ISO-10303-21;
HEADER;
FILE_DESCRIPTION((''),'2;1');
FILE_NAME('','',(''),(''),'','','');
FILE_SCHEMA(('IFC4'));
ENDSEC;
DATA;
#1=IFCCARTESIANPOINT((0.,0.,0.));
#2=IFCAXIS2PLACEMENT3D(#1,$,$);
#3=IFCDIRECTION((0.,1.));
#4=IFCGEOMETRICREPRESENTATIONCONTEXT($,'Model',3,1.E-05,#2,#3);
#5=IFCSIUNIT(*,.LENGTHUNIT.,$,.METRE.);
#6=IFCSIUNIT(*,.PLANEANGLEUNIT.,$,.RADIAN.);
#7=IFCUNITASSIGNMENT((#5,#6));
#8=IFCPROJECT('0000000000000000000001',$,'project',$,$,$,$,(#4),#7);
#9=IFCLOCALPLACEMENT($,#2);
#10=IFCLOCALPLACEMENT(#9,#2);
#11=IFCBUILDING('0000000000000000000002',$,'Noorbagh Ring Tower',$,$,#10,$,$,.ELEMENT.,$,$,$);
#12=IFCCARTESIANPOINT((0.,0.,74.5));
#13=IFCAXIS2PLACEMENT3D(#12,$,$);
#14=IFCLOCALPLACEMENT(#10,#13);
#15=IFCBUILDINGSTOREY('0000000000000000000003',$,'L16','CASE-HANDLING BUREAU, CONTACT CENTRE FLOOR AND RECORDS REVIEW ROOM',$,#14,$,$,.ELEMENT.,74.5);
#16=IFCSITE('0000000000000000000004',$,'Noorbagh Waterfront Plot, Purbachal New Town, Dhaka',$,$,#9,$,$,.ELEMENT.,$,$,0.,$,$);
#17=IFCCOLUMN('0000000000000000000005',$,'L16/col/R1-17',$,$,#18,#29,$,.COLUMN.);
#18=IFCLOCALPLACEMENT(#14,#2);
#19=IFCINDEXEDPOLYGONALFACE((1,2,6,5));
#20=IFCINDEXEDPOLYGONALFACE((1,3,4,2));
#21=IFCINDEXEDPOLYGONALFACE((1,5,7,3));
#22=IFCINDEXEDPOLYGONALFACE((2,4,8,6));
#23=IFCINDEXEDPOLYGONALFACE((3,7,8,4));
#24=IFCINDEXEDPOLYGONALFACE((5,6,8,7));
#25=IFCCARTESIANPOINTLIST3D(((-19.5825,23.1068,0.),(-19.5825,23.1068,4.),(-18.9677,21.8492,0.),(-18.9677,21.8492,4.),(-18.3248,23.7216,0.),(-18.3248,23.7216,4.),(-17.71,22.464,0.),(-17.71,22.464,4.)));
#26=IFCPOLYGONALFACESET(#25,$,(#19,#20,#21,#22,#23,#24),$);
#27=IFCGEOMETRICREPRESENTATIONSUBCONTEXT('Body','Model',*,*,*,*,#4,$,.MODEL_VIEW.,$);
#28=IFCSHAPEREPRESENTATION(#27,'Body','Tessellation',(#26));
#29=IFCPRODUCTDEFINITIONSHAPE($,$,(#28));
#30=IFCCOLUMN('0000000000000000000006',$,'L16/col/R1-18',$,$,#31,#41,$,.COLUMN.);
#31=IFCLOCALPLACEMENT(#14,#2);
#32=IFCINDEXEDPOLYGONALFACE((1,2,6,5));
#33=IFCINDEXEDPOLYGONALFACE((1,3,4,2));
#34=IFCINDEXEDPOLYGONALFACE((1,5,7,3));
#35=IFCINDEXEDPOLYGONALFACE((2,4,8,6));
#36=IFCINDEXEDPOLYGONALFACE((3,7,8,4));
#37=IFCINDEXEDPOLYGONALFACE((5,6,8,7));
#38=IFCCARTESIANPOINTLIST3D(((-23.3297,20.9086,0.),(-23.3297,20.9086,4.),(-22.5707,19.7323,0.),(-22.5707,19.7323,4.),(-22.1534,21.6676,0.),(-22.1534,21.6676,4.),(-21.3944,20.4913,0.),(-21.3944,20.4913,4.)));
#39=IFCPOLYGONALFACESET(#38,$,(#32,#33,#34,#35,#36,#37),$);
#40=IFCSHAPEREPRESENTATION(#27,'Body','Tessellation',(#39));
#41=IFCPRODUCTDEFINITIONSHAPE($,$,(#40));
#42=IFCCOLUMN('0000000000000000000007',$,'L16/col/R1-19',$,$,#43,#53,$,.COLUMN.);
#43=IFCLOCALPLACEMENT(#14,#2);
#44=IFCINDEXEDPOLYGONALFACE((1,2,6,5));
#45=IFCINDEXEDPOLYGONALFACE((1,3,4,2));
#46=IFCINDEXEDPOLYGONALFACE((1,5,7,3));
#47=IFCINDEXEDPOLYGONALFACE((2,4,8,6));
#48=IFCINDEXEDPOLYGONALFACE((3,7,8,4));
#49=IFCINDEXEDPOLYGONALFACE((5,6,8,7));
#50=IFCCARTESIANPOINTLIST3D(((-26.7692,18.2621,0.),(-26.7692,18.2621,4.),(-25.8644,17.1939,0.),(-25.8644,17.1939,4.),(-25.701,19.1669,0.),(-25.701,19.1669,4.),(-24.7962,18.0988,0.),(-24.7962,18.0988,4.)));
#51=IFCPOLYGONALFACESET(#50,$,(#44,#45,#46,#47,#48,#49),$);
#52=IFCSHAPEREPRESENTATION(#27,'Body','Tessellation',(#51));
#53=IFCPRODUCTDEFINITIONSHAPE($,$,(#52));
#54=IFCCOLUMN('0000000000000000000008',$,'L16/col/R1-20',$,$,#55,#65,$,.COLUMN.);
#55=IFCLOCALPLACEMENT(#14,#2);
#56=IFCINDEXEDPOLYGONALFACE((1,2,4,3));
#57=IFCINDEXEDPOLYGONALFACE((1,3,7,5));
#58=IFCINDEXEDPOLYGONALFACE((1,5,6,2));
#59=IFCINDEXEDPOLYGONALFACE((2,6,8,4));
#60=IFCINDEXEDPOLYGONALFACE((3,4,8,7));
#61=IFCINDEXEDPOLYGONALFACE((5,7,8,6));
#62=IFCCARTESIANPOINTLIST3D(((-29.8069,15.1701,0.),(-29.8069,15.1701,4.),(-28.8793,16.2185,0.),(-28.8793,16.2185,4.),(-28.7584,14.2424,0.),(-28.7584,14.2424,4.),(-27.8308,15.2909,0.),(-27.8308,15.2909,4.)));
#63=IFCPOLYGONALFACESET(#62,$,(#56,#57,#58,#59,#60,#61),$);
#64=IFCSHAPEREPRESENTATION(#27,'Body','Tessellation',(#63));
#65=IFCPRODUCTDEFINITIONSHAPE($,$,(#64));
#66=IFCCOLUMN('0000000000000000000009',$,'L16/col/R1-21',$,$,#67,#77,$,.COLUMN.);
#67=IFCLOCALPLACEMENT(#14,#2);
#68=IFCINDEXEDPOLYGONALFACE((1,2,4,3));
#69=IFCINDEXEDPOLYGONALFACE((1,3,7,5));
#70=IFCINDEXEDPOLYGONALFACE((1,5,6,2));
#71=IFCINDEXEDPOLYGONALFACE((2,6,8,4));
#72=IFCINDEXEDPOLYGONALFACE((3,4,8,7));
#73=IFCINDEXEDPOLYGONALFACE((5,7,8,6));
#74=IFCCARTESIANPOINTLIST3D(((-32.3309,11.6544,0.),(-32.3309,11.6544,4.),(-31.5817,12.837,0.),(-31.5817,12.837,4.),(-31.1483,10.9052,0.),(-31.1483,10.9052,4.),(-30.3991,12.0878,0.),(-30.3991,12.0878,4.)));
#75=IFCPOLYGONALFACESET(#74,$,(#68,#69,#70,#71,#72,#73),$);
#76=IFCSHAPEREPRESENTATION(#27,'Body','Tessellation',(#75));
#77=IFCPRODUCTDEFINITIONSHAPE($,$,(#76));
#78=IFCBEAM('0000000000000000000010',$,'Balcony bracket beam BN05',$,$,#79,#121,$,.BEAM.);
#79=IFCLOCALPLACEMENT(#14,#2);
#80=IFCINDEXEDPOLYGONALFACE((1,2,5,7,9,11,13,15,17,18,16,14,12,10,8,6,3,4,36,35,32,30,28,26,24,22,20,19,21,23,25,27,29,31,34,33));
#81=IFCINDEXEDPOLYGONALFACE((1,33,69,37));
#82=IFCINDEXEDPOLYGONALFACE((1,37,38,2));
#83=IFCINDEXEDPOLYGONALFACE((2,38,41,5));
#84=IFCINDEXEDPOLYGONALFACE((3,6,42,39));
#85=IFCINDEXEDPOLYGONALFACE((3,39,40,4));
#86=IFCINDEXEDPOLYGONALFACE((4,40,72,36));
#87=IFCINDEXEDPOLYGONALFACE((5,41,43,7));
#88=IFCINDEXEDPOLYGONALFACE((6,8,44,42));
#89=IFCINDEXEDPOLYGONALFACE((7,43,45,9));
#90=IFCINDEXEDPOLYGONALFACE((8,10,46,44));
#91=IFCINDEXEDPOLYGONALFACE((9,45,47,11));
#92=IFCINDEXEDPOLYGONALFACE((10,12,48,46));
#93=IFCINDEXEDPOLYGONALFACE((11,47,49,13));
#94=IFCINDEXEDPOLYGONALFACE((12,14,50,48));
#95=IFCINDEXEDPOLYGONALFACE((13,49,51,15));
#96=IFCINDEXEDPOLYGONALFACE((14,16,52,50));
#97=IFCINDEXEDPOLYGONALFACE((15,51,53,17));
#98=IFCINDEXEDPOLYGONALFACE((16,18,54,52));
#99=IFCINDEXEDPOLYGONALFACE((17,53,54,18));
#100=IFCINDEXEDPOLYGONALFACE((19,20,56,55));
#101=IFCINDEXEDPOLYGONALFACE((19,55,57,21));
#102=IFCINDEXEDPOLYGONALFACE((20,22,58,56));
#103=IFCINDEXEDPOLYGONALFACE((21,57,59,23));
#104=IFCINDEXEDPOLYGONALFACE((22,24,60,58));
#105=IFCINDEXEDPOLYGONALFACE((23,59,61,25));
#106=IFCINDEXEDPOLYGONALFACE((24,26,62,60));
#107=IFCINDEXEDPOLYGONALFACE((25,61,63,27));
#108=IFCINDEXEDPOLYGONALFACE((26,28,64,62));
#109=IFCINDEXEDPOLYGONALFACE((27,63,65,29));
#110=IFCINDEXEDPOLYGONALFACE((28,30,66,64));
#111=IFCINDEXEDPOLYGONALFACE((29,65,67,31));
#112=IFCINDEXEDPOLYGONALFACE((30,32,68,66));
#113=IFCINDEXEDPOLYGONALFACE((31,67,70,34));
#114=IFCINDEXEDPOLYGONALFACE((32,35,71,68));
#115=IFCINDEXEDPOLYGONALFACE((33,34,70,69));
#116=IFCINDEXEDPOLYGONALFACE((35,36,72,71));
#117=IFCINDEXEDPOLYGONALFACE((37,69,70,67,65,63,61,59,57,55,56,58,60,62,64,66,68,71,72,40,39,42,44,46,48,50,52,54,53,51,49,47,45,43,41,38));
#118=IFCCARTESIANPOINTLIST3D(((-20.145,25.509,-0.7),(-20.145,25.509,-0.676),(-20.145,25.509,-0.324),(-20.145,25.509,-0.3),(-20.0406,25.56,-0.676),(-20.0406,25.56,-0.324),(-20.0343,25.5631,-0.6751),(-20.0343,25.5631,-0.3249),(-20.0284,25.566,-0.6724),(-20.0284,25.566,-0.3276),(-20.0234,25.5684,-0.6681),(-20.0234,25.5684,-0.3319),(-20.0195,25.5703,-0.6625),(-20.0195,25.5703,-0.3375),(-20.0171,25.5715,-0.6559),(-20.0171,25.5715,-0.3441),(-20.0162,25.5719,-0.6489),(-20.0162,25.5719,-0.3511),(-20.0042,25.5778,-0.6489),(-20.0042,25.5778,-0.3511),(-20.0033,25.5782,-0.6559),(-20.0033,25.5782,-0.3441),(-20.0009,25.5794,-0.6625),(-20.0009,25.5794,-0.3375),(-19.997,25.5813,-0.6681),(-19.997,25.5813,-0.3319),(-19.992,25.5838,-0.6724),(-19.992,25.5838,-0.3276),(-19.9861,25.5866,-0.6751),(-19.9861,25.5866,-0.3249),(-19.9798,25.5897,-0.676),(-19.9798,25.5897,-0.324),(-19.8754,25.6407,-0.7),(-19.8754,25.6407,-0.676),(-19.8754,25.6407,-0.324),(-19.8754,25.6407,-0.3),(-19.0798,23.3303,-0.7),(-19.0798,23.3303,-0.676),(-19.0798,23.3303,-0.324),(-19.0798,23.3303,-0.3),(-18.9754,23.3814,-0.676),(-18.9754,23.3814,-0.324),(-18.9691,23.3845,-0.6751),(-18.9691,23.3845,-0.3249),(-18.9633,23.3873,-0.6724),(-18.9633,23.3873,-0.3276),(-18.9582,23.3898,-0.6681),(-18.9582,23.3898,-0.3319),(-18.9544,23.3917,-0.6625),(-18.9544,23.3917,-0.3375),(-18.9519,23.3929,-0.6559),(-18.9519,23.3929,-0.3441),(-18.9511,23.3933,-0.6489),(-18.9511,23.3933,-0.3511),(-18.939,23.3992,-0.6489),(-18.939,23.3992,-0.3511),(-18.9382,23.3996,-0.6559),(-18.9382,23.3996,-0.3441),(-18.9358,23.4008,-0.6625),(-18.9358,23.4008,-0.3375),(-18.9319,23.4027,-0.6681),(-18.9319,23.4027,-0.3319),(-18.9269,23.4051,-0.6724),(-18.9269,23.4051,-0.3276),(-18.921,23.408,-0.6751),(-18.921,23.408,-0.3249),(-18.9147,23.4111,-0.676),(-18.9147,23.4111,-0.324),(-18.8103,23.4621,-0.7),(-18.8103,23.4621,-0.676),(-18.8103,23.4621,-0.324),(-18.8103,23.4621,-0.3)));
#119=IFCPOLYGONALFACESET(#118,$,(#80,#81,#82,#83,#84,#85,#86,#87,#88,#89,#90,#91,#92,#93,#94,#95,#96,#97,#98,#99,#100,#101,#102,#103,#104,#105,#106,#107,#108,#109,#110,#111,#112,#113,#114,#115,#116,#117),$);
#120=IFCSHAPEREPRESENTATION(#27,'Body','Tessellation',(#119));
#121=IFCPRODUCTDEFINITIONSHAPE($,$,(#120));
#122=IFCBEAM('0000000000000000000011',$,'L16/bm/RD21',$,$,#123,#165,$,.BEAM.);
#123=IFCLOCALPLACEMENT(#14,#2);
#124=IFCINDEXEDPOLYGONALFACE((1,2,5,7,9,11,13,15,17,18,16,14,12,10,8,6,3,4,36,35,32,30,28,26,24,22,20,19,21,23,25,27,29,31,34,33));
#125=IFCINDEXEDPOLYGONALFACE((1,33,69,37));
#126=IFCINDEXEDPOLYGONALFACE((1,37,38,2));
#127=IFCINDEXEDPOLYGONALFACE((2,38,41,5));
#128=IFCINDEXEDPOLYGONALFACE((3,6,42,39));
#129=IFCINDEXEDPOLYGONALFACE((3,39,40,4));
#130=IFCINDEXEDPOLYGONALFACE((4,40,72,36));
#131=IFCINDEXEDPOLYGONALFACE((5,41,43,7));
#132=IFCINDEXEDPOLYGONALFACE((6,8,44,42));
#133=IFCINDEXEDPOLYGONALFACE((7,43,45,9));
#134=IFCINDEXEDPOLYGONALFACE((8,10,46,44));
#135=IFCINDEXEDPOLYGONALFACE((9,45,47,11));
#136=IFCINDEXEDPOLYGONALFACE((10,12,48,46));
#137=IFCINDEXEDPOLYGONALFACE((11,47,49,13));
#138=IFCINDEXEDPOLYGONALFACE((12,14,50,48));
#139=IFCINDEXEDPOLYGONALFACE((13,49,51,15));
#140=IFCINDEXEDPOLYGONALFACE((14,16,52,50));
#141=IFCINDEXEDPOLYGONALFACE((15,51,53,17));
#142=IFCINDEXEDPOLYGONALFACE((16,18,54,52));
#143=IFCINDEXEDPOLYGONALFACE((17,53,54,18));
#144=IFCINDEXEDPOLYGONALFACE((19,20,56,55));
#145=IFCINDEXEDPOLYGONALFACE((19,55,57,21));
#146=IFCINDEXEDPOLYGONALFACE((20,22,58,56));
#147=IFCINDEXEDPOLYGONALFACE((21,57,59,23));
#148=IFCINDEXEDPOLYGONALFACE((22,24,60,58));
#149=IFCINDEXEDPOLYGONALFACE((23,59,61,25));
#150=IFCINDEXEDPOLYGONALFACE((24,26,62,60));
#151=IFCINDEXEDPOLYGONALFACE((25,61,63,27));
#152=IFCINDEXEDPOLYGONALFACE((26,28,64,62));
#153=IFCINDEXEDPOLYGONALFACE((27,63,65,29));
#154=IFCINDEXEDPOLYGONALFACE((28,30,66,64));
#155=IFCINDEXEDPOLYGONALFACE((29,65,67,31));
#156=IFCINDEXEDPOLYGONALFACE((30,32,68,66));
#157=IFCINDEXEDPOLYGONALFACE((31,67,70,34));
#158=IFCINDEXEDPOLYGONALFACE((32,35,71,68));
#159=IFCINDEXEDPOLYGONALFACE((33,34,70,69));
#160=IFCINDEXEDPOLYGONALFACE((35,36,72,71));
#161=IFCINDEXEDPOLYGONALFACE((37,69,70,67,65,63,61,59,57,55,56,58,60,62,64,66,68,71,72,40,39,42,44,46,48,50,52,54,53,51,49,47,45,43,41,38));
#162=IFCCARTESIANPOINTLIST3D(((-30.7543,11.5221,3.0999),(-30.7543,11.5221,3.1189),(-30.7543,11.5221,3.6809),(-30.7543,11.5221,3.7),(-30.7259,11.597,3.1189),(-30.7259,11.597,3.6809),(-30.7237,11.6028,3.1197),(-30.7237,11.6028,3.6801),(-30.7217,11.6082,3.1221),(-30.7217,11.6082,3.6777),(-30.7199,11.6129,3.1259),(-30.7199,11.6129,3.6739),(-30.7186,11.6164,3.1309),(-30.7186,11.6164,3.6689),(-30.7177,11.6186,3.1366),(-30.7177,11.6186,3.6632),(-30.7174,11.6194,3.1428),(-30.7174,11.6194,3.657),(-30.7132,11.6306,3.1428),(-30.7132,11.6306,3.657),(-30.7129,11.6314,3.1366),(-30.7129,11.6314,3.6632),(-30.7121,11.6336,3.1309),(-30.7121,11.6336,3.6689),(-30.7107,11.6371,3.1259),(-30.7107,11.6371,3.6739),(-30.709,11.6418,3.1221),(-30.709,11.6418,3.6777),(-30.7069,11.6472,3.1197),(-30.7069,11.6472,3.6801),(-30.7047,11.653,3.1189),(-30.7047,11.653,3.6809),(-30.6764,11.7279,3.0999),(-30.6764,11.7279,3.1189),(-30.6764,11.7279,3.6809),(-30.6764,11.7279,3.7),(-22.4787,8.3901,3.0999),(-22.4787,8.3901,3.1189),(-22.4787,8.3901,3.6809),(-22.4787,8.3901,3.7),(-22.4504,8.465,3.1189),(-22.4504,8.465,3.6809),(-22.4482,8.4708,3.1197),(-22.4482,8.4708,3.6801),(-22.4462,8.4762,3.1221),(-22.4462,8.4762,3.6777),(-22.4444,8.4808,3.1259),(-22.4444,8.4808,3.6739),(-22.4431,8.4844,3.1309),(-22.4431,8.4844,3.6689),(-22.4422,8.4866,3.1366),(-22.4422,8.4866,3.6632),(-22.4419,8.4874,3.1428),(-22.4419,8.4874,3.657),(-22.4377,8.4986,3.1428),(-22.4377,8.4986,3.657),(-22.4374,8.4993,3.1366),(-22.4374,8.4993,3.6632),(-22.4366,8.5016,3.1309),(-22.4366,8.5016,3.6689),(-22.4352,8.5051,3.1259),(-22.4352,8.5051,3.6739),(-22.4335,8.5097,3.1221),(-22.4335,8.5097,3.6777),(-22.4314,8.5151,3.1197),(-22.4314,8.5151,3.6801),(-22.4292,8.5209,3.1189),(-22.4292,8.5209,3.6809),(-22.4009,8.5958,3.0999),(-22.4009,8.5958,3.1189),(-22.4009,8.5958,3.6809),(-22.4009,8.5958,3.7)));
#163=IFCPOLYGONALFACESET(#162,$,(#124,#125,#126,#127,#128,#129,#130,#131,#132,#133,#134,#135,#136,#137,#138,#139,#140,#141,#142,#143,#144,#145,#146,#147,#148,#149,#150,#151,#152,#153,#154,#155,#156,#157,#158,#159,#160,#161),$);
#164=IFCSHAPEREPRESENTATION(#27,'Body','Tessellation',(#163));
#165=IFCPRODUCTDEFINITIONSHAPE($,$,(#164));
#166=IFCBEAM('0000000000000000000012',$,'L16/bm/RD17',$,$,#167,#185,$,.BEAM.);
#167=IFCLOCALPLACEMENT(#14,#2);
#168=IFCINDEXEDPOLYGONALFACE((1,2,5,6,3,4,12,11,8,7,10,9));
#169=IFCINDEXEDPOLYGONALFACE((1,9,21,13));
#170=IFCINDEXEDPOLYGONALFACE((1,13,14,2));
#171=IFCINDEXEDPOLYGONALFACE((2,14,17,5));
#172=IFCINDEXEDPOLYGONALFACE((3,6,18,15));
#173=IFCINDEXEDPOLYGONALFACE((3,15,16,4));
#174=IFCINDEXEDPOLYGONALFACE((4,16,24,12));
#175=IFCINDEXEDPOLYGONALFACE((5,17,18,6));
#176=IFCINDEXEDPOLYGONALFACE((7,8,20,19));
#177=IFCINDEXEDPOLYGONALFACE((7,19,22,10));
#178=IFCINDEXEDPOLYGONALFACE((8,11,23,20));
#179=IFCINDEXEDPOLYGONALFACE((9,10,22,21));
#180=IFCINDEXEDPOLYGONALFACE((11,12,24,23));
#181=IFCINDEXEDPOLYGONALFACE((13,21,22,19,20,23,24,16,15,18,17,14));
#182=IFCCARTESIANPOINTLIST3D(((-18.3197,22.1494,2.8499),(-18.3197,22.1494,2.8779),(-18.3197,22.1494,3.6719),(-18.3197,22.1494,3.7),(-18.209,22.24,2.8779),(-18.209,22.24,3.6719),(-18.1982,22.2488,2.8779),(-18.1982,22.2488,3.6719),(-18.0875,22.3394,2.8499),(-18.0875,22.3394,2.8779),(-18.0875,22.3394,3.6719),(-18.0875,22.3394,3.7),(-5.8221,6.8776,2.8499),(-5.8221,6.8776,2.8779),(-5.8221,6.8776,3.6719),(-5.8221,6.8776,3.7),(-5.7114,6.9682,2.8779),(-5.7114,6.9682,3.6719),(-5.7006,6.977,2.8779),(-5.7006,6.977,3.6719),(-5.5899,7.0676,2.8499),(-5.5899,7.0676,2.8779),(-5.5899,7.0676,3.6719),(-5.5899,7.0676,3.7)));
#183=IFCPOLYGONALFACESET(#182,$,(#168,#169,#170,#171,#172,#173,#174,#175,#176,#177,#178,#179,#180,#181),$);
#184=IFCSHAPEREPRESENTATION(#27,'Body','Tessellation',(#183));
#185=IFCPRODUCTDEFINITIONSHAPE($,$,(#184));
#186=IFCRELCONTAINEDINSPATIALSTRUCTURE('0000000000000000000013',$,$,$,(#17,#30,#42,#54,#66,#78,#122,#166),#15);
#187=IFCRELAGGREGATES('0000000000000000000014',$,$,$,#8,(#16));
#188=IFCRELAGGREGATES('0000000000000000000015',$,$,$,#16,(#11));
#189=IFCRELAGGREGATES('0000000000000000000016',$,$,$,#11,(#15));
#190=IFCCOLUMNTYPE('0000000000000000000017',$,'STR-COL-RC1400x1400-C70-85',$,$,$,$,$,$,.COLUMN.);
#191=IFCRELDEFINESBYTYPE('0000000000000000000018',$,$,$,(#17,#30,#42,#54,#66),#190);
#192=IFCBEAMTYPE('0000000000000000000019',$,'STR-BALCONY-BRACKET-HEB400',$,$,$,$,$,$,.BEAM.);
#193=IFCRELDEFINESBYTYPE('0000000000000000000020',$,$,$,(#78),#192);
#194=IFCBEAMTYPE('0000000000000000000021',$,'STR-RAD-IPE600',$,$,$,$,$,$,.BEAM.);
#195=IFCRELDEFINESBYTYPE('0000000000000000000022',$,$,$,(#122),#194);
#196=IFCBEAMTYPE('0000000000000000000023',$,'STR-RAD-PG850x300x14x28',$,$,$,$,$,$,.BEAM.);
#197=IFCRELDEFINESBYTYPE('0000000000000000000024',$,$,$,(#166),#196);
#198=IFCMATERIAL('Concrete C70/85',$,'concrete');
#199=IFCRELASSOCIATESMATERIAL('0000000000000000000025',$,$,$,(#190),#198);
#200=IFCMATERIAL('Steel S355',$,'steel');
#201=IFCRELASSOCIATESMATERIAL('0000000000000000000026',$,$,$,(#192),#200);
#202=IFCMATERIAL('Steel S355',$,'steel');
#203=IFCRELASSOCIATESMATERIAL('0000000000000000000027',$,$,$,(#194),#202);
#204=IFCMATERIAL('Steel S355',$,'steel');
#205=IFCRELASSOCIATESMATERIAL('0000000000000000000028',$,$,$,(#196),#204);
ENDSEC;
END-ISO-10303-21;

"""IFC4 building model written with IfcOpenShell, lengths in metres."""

from ifc_helpers import new_model, si_unit, direction, frame, origin, origin_2d, place, context, subcontext, project, spatial, rectangle, i_section, extrude, material, material_profile, profile_set, type_object, element, save


model = new_model("IFC4")

# Units and contexts
model_context = context("Model", 3, precision=1e-05, world=origin(), true_north=direction((0.0, 1.0)))
body_context = subcontext(model_context, "Body", "Model", "MODEL_VIEW")
ifc_project = project(units=[si_unit("LENGTHUNIT", "METRE"), si_unit("PLANEANGLEUNIT", "RADIAN")], contexts=[model_context])

# Site, building, storey
site_placement = place(None, origin())
site = spatial("IfcSite", under=ifc_project, at=site_placement, Name="Noorbagh Waterfront Plot, Purbachal New Town, Dhaka", CompositionType="ELEMENT", RefElevation=0.0)
building_placement = place(site_placement, origin())
building = spatial("IfcBuilding", under=site, at=building_placement, Name="Noorbagh Ring Tower", CompositionType="ELEMENT")
storey_placement = place(building_placement, frame((0.0, 0.0, 74.5)))
storey = spatial("IfcBuildingStorey", under=building, at=storey_placement, Name="L16", Description="CASE-HANDLING BUREAU, CONTACT CENTRE FLOOR AND RECORDS REVIEW ROOM", CompositionType="ELEMENT", Elevation=74.5)

# Columns
ifc_material_1 = material(Name="Concrete C70/85", Category="concrete")
ifc_material_profile_1 = material_profile(ifc_material_1, rectangle(XDim=1.3999, YDim=1.3999, at=origin_2d()), Name="RC1400x1400")
ifc_profile_set_1 = profile_set([ifc_material_profile_1], Name="Concrete C70/85")
column_type = type_object("IfcColumnType", Name="STR-COL-RC1400x1400-C70-85", PredefinedType="COLUMN", material=ifc_profile_set_1)
for number, where, z_axis, x_axis, name in (
    (1, (-18.6462, 22.7854, 0.0), (0.0, 0.0, 1.0), (-0.898399, -0.43918, 0.0), "L16/col/R1-17"),
    (2, (-22.3621, 20.7, 0.0), (0.0, 0.0, 1.0), (-0.840248, -0.542203, 0.0), "L16/col/R1-18"),
    (3, (-25.7827, 18.1804, 0.0), (0.0, 0.0, 1.0), (-0.763035, -0.646357, 0.0), "L16/col/R1-19"),
    (4, (-28.8188, 15.2305, 0.0), (0.0, 0.0, 1.0), (-0.662636, -0.748942, 0.0), "L16/col/R1-20"),
    (5, (-31.365, 11.8711, 0.0), (0.0, 0.0, 1.0), (-0.53519, -0.844731, 0.0), "L16/col/R1-21"),
):
    element("IfcColumn", number, at=place(storey_placement, frame(where, z_axis=z_axis, x_axis=x_axis)), inside=storey, type_object=column_type, Name=name, PredefinedType="COLUMN", context=body_context, shape_type="SweptSolid", body=[
        extrude(rectangle(XDim=1.3999, YDim=1.3999, at=origin_2d()), origin(), (0.0, 0.0, 1.0), 4.0),
    ])

# Beams
ifc_material_2 = material(Name="Steel S355", Category="steel")
ifc_material_profile_2 = material_profile(ifc_material_2, i_section(OverallWidth=0.3, OverallDepth=0.3999, WebThickness=0.0134, FlangeThickness=0.0239, FilletRadius=0.0271, at=origin_2d()), Name="HEB400")
ifc_profile_set_2 = profile_set([ifc_material_profile_2], Name="Steel S355")
beam_type_1 = type_object("IfcBeamType", Name="STR-BALCONY-BRACKET-HEB400", PredefinedType="BEAM", material=ifc_profile_set_2)
beam_1_placement = place(storey_placement, frame((-18.9451, 23.3962, -0.5), z_axis=(-0.439223, 0.898378, 0.0), x_axis=(-0.898378, -0.439223, 0.0)))
element("IfcBeam", 6, at=beam_1_placement, inside=storey, type_object=beam_type_1, Name="Balcony bracket beam BN05", PredefinedType="BEAM", context=body_context, shape_type="SweptSolid", body=[
    extrude(i_section(OverallWidth=0.3, OverallDepth=0.3999, WebThickness=0.0134, FlangeThickness=0.0239, FilletRadius=0.0271, at=origin_2d()), origin(), (0.0, 0.0, 1.0), 2.425),
])
ifc_material_3 = material(Name="Steel S355", Category="steel")
ifc_material_profile_3 = material_profile(ifc_material_3, i_section(OverallWidth=0.22, OverallDepth=0.6001, WebThickness=0.012, FlangeThickness=0.019, FilletRadius=0.0239, at=origin_2d()), Name="IPE600")
ifc_profile_set_3 = profile_set([ifc_material_profile_3], Name="Steel S355")
beam_type_2 = type_object("IfcBeamType", Name="STR-RAD-IPE600", PredefinedType="BEAM", material=ifc_profile_set_3)
beam_2_placement = place(storey_placement, frame((-30.7153, 11.625, 3.3999), z_axis=(0.935258, -0.353967, 0.0), x_axis=(0.353967, 0.935258, 0.0)))
element("IfcBeam", 7, at=beam_2_placement, inside=storey, type_object=beam_type_2, Name="L16/bm/RD21", PredefinedType="BEAM", context=body_context, shape_type="SweptSolid", body=[
    extrude(i_section(OverallWidth=0.22, OverallDepth=0.6001, WebThickness=0.012, FlangeThickness=0.019, FilletRadius=0.0239, at=origin_2d()), origin(), (0.0, 0.0, 1.0), 8.8484),
])
ifc_material_4 = material(Name="Steel S355", Category="steel")
ifc_material_profile_4 = material_profile(ifc_material_4, i_section(OverallWidth=0.3, OverallDepth=0.8501, WebThickness=0.0139, FlangeThickness=0.0281, at=origin_2d()), Name="PG850x300x14x28")
ifc_profile_set_4 = profile_set([ifc_material_profile_4], Name="Steel S355")
beam_type_3 = type_object("IfcBeamType", Name="STR-RAD-PG850x300x14x28", PredefinedType="BEAM", material=ifc_profile_set_4)
beam_3_placement = place(storey_placement, frame((-18.2036, 22.2444, 3.2749), z_axis=(0.633314, -0.773895, 0.0), x_axis=(0.773895, 0.633314, 0.0)))
element("IfcBeam", 8, at=beam_3_placement, inside=storey, type_object=beam_type_3, Name="L16/bm/RD17", PredefinedType="BEAM", context=body_context, shape_type="SweptSolid", body=[
    extrude(i_section(OverallWidth=0.3, OverallDepth=0.8501, WebThickness=0.0139, FlangeThickness=0.0281, at=origin_2d()), origin(), (0.0, 0.0, 1.0), 19.7336),
])

save(model, "model.ifc")
